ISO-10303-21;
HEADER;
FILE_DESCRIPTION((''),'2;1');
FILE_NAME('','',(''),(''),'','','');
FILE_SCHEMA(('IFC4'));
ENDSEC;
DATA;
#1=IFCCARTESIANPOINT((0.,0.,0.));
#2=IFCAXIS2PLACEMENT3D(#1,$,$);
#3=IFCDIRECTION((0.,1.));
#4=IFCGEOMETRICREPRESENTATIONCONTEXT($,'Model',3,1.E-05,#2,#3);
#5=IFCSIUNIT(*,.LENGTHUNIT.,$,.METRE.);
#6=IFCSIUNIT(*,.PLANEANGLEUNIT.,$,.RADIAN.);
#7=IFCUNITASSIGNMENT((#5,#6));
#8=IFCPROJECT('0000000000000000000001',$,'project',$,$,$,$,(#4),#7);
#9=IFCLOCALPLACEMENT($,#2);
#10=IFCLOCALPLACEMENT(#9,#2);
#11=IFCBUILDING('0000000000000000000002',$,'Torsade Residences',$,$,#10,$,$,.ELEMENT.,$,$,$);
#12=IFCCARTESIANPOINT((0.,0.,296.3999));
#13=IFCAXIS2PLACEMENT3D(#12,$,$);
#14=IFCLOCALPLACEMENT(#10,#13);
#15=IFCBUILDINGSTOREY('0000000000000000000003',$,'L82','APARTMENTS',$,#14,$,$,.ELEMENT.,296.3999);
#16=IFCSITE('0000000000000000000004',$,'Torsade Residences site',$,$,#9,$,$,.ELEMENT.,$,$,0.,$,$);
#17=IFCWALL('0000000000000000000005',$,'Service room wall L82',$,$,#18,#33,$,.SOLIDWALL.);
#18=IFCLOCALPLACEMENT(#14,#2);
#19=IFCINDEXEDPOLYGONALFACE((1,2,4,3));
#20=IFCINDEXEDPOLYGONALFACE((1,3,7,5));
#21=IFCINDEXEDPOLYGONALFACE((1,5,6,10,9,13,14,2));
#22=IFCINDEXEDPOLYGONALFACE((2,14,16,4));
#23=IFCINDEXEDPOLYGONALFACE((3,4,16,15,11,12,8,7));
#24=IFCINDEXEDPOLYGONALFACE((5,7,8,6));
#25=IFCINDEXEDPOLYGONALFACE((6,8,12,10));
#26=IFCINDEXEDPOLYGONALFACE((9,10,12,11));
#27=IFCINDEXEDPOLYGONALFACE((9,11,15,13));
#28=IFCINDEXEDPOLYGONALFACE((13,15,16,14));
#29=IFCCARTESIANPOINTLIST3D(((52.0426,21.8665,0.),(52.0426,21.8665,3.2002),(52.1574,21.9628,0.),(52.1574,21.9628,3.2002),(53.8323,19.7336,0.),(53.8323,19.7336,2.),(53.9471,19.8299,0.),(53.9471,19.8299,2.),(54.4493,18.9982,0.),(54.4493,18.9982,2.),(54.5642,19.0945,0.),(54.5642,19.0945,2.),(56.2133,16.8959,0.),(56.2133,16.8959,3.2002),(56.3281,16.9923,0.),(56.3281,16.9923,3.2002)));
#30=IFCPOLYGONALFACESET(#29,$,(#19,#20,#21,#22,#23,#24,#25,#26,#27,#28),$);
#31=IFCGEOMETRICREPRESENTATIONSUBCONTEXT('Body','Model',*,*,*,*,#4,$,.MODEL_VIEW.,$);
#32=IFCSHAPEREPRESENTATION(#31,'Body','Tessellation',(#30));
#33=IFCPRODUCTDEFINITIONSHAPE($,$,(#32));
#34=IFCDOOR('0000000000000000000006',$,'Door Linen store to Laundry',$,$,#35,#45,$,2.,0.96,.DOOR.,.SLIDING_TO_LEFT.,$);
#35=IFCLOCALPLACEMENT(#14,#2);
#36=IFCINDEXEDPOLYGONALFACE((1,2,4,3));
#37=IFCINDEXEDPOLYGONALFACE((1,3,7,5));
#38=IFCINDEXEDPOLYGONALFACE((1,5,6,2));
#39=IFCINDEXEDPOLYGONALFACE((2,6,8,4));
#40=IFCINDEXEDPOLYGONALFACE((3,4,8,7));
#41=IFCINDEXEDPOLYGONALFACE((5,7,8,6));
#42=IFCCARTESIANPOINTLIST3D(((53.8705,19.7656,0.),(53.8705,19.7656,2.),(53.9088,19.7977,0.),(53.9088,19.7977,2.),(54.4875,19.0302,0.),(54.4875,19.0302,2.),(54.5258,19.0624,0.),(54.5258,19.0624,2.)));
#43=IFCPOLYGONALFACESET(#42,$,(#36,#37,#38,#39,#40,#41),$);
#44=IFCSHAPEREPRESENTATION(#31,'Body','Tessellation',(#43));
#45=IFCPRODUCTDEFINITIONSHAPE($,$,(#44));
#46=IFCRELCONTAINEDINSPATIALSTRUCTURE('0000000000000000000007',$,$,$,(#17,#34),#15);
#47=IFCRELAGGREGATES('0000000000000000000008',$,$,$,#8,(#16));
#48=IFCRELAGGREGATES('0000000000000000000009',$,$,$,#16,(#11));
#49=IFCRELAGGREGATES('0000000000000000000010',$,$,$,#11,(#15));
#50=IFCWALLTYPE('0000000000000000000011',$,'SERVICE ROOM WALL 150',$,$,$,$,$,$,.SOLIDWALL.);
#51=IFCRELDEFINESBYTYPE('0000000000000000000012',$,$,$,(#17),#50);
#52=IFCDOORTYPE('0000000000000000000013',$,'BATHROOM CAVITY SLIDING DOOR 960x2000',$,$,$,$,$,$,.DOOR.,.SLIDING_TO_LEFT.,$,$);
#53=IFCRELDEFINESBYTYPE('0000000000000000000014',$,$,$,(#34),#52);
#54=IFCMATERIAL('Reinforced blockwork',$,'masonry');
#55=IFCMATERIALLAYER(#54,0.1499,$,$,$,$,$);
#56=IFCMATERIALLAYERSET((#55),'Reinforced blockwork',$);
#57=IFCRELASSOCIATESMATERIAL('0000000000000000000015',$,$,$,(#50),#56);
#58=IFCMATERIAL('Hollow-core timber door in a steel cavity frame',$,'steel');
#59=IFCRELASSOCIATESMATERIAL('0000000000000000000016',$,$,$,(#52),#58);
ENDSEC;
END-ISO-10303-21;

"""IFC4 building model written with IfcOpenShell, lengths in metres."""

from ifc_helpers import new_model, si_unit, direction, frame, frame_2d, origin, place, context, subcontext, project, spatial, rectangle, extrude, material, layer, layer_set, type_object, element, fill, save


model = new_model("IFC4")

# Units and contexts
model_context = context("Model", 3, precision=1e-05, world=origin(), true_north=direction((0.0, 1.0)))
body_context = subcontext(model_context, "Body", "Model", "MODEL_VIEW")
ifc_project = project(units=[si_unit("LENGTHUNIT", "METRE"), si_unit("PLANEANGLEUNIT", "RADIAN")], contexts=[model_context])

# Site, building, storey
site_placement = place(None, origin())
site = spatial("IfcSite", under=ifc_project, at=site_placement, Name="Torsade Residences site", CompositionType="ELEMENT", RefElevation=0.0)
building_placement = place(site_placement, origin())
building = spatial("IfcBuilding", under=site, at=building_placement, Name="Torsade Residences", CompositionType="ELEMENT")
storey_placement = place(building_placement, frame((0.0, 0.0, 296.3999)))
storey = spatial("IfcBuildingStorey", under=building, at=storey_placement, Name="L82", Description="APARTMENTS", CompositionType="ELEMENT", Elevation=296.3999)

# Wall, opening, door
ifc_material_1 = material(Name="Reinforced blockwork", Category="masonry")
ifc_layer_1 = layer(ifc_material_1, 0.1499)
ifc_layer_set_1 = layer_set([ifc_layer_1], Name="Reinforced blockwork")
wall_type_1 = type_object("IfcWallType", Name="SERVICE ROOM WALL 150", PredefinedType="SOLIDWALL", material=ifc_layer_set_1)
wall_1_placement = place(storey_placement, frame((52.1001, 21.9146, 0.0), z_axis=(0.0, 0.0, 1.0), x_axis=(0.642783, -0.766049, 0.0)))
wall_1 = element("IfcWall", 1, at=wall_1_placement, inside=storey, type_object=wall_type_1, Name="Service room wall L82", PredefinedType="SOLIDWALL", context=body_context, shape_type="SweptSolid", body=[
    extrude(rectangle(XDim=6.4885, YDim=0.1499, at=frame_2d((3.2441, 0.0))), origin(), (0.0, 0.0, 1.0), 3.2002),
])
opening_1_placement = place(wall_1_placement, frame((2.7842, 0.0, 0.0)))
opening_1 = element("IfcOpeningElement", 2, at=opening_1_placement, cuts=wall_1, PredefinedType="OPENING", context=body_context, shape_type="SweptSolid", body=[
    extrude(rectangle(XDim=0.96, YDim=2.0, at=frame_2d((0.48, 1.0))), frame((0.0, 0.085, 0.0), z_axis=(0.0, -1.0, 0.0), x_axis=(1.0, 0.0, 0.0)), (0.0, 0.0, 1.0), 0.1699),
])
ifc_material_2 = material(Name="Hollow-core timber door in a steel cavity frame", Category="steel")
door_type_1 = type_object("IfcDoorType", Name="BATHROOM CAVITY SLIDING DOOR 960x2000", OperationType="SLIDING_TO_LEFT", PredefinedType="DOOR", material=ifc_material_2)
door_1_placement = place(opening_1_placement, origin())
door_1 = element("IfcDoor", 3, at=door_1_placement, inside=storey, type_object=door_type_1, Name="Door Linen store to Laundry", OperationType="SLIDING_TO_LEFT", OverallHeight=2.0, OverallWidth=0.96, PredefinedType="DOOR", context=body_context, shape_type="SweptSolid", body=[
    extrude(rectangle(XDim=0.96, YDim=2.0, at=frame_2d((0.48, 1.0))), frame((0.0, 0.0249, 0.0), z_axis=(0.0, -1.0, 0.0), x_axis=(1.0, 0.0, 0.0)), (0.0, 0.0, 1.0), 0.05),
])
fill(opening_1, door_1)

save(model, "model.ifc")
